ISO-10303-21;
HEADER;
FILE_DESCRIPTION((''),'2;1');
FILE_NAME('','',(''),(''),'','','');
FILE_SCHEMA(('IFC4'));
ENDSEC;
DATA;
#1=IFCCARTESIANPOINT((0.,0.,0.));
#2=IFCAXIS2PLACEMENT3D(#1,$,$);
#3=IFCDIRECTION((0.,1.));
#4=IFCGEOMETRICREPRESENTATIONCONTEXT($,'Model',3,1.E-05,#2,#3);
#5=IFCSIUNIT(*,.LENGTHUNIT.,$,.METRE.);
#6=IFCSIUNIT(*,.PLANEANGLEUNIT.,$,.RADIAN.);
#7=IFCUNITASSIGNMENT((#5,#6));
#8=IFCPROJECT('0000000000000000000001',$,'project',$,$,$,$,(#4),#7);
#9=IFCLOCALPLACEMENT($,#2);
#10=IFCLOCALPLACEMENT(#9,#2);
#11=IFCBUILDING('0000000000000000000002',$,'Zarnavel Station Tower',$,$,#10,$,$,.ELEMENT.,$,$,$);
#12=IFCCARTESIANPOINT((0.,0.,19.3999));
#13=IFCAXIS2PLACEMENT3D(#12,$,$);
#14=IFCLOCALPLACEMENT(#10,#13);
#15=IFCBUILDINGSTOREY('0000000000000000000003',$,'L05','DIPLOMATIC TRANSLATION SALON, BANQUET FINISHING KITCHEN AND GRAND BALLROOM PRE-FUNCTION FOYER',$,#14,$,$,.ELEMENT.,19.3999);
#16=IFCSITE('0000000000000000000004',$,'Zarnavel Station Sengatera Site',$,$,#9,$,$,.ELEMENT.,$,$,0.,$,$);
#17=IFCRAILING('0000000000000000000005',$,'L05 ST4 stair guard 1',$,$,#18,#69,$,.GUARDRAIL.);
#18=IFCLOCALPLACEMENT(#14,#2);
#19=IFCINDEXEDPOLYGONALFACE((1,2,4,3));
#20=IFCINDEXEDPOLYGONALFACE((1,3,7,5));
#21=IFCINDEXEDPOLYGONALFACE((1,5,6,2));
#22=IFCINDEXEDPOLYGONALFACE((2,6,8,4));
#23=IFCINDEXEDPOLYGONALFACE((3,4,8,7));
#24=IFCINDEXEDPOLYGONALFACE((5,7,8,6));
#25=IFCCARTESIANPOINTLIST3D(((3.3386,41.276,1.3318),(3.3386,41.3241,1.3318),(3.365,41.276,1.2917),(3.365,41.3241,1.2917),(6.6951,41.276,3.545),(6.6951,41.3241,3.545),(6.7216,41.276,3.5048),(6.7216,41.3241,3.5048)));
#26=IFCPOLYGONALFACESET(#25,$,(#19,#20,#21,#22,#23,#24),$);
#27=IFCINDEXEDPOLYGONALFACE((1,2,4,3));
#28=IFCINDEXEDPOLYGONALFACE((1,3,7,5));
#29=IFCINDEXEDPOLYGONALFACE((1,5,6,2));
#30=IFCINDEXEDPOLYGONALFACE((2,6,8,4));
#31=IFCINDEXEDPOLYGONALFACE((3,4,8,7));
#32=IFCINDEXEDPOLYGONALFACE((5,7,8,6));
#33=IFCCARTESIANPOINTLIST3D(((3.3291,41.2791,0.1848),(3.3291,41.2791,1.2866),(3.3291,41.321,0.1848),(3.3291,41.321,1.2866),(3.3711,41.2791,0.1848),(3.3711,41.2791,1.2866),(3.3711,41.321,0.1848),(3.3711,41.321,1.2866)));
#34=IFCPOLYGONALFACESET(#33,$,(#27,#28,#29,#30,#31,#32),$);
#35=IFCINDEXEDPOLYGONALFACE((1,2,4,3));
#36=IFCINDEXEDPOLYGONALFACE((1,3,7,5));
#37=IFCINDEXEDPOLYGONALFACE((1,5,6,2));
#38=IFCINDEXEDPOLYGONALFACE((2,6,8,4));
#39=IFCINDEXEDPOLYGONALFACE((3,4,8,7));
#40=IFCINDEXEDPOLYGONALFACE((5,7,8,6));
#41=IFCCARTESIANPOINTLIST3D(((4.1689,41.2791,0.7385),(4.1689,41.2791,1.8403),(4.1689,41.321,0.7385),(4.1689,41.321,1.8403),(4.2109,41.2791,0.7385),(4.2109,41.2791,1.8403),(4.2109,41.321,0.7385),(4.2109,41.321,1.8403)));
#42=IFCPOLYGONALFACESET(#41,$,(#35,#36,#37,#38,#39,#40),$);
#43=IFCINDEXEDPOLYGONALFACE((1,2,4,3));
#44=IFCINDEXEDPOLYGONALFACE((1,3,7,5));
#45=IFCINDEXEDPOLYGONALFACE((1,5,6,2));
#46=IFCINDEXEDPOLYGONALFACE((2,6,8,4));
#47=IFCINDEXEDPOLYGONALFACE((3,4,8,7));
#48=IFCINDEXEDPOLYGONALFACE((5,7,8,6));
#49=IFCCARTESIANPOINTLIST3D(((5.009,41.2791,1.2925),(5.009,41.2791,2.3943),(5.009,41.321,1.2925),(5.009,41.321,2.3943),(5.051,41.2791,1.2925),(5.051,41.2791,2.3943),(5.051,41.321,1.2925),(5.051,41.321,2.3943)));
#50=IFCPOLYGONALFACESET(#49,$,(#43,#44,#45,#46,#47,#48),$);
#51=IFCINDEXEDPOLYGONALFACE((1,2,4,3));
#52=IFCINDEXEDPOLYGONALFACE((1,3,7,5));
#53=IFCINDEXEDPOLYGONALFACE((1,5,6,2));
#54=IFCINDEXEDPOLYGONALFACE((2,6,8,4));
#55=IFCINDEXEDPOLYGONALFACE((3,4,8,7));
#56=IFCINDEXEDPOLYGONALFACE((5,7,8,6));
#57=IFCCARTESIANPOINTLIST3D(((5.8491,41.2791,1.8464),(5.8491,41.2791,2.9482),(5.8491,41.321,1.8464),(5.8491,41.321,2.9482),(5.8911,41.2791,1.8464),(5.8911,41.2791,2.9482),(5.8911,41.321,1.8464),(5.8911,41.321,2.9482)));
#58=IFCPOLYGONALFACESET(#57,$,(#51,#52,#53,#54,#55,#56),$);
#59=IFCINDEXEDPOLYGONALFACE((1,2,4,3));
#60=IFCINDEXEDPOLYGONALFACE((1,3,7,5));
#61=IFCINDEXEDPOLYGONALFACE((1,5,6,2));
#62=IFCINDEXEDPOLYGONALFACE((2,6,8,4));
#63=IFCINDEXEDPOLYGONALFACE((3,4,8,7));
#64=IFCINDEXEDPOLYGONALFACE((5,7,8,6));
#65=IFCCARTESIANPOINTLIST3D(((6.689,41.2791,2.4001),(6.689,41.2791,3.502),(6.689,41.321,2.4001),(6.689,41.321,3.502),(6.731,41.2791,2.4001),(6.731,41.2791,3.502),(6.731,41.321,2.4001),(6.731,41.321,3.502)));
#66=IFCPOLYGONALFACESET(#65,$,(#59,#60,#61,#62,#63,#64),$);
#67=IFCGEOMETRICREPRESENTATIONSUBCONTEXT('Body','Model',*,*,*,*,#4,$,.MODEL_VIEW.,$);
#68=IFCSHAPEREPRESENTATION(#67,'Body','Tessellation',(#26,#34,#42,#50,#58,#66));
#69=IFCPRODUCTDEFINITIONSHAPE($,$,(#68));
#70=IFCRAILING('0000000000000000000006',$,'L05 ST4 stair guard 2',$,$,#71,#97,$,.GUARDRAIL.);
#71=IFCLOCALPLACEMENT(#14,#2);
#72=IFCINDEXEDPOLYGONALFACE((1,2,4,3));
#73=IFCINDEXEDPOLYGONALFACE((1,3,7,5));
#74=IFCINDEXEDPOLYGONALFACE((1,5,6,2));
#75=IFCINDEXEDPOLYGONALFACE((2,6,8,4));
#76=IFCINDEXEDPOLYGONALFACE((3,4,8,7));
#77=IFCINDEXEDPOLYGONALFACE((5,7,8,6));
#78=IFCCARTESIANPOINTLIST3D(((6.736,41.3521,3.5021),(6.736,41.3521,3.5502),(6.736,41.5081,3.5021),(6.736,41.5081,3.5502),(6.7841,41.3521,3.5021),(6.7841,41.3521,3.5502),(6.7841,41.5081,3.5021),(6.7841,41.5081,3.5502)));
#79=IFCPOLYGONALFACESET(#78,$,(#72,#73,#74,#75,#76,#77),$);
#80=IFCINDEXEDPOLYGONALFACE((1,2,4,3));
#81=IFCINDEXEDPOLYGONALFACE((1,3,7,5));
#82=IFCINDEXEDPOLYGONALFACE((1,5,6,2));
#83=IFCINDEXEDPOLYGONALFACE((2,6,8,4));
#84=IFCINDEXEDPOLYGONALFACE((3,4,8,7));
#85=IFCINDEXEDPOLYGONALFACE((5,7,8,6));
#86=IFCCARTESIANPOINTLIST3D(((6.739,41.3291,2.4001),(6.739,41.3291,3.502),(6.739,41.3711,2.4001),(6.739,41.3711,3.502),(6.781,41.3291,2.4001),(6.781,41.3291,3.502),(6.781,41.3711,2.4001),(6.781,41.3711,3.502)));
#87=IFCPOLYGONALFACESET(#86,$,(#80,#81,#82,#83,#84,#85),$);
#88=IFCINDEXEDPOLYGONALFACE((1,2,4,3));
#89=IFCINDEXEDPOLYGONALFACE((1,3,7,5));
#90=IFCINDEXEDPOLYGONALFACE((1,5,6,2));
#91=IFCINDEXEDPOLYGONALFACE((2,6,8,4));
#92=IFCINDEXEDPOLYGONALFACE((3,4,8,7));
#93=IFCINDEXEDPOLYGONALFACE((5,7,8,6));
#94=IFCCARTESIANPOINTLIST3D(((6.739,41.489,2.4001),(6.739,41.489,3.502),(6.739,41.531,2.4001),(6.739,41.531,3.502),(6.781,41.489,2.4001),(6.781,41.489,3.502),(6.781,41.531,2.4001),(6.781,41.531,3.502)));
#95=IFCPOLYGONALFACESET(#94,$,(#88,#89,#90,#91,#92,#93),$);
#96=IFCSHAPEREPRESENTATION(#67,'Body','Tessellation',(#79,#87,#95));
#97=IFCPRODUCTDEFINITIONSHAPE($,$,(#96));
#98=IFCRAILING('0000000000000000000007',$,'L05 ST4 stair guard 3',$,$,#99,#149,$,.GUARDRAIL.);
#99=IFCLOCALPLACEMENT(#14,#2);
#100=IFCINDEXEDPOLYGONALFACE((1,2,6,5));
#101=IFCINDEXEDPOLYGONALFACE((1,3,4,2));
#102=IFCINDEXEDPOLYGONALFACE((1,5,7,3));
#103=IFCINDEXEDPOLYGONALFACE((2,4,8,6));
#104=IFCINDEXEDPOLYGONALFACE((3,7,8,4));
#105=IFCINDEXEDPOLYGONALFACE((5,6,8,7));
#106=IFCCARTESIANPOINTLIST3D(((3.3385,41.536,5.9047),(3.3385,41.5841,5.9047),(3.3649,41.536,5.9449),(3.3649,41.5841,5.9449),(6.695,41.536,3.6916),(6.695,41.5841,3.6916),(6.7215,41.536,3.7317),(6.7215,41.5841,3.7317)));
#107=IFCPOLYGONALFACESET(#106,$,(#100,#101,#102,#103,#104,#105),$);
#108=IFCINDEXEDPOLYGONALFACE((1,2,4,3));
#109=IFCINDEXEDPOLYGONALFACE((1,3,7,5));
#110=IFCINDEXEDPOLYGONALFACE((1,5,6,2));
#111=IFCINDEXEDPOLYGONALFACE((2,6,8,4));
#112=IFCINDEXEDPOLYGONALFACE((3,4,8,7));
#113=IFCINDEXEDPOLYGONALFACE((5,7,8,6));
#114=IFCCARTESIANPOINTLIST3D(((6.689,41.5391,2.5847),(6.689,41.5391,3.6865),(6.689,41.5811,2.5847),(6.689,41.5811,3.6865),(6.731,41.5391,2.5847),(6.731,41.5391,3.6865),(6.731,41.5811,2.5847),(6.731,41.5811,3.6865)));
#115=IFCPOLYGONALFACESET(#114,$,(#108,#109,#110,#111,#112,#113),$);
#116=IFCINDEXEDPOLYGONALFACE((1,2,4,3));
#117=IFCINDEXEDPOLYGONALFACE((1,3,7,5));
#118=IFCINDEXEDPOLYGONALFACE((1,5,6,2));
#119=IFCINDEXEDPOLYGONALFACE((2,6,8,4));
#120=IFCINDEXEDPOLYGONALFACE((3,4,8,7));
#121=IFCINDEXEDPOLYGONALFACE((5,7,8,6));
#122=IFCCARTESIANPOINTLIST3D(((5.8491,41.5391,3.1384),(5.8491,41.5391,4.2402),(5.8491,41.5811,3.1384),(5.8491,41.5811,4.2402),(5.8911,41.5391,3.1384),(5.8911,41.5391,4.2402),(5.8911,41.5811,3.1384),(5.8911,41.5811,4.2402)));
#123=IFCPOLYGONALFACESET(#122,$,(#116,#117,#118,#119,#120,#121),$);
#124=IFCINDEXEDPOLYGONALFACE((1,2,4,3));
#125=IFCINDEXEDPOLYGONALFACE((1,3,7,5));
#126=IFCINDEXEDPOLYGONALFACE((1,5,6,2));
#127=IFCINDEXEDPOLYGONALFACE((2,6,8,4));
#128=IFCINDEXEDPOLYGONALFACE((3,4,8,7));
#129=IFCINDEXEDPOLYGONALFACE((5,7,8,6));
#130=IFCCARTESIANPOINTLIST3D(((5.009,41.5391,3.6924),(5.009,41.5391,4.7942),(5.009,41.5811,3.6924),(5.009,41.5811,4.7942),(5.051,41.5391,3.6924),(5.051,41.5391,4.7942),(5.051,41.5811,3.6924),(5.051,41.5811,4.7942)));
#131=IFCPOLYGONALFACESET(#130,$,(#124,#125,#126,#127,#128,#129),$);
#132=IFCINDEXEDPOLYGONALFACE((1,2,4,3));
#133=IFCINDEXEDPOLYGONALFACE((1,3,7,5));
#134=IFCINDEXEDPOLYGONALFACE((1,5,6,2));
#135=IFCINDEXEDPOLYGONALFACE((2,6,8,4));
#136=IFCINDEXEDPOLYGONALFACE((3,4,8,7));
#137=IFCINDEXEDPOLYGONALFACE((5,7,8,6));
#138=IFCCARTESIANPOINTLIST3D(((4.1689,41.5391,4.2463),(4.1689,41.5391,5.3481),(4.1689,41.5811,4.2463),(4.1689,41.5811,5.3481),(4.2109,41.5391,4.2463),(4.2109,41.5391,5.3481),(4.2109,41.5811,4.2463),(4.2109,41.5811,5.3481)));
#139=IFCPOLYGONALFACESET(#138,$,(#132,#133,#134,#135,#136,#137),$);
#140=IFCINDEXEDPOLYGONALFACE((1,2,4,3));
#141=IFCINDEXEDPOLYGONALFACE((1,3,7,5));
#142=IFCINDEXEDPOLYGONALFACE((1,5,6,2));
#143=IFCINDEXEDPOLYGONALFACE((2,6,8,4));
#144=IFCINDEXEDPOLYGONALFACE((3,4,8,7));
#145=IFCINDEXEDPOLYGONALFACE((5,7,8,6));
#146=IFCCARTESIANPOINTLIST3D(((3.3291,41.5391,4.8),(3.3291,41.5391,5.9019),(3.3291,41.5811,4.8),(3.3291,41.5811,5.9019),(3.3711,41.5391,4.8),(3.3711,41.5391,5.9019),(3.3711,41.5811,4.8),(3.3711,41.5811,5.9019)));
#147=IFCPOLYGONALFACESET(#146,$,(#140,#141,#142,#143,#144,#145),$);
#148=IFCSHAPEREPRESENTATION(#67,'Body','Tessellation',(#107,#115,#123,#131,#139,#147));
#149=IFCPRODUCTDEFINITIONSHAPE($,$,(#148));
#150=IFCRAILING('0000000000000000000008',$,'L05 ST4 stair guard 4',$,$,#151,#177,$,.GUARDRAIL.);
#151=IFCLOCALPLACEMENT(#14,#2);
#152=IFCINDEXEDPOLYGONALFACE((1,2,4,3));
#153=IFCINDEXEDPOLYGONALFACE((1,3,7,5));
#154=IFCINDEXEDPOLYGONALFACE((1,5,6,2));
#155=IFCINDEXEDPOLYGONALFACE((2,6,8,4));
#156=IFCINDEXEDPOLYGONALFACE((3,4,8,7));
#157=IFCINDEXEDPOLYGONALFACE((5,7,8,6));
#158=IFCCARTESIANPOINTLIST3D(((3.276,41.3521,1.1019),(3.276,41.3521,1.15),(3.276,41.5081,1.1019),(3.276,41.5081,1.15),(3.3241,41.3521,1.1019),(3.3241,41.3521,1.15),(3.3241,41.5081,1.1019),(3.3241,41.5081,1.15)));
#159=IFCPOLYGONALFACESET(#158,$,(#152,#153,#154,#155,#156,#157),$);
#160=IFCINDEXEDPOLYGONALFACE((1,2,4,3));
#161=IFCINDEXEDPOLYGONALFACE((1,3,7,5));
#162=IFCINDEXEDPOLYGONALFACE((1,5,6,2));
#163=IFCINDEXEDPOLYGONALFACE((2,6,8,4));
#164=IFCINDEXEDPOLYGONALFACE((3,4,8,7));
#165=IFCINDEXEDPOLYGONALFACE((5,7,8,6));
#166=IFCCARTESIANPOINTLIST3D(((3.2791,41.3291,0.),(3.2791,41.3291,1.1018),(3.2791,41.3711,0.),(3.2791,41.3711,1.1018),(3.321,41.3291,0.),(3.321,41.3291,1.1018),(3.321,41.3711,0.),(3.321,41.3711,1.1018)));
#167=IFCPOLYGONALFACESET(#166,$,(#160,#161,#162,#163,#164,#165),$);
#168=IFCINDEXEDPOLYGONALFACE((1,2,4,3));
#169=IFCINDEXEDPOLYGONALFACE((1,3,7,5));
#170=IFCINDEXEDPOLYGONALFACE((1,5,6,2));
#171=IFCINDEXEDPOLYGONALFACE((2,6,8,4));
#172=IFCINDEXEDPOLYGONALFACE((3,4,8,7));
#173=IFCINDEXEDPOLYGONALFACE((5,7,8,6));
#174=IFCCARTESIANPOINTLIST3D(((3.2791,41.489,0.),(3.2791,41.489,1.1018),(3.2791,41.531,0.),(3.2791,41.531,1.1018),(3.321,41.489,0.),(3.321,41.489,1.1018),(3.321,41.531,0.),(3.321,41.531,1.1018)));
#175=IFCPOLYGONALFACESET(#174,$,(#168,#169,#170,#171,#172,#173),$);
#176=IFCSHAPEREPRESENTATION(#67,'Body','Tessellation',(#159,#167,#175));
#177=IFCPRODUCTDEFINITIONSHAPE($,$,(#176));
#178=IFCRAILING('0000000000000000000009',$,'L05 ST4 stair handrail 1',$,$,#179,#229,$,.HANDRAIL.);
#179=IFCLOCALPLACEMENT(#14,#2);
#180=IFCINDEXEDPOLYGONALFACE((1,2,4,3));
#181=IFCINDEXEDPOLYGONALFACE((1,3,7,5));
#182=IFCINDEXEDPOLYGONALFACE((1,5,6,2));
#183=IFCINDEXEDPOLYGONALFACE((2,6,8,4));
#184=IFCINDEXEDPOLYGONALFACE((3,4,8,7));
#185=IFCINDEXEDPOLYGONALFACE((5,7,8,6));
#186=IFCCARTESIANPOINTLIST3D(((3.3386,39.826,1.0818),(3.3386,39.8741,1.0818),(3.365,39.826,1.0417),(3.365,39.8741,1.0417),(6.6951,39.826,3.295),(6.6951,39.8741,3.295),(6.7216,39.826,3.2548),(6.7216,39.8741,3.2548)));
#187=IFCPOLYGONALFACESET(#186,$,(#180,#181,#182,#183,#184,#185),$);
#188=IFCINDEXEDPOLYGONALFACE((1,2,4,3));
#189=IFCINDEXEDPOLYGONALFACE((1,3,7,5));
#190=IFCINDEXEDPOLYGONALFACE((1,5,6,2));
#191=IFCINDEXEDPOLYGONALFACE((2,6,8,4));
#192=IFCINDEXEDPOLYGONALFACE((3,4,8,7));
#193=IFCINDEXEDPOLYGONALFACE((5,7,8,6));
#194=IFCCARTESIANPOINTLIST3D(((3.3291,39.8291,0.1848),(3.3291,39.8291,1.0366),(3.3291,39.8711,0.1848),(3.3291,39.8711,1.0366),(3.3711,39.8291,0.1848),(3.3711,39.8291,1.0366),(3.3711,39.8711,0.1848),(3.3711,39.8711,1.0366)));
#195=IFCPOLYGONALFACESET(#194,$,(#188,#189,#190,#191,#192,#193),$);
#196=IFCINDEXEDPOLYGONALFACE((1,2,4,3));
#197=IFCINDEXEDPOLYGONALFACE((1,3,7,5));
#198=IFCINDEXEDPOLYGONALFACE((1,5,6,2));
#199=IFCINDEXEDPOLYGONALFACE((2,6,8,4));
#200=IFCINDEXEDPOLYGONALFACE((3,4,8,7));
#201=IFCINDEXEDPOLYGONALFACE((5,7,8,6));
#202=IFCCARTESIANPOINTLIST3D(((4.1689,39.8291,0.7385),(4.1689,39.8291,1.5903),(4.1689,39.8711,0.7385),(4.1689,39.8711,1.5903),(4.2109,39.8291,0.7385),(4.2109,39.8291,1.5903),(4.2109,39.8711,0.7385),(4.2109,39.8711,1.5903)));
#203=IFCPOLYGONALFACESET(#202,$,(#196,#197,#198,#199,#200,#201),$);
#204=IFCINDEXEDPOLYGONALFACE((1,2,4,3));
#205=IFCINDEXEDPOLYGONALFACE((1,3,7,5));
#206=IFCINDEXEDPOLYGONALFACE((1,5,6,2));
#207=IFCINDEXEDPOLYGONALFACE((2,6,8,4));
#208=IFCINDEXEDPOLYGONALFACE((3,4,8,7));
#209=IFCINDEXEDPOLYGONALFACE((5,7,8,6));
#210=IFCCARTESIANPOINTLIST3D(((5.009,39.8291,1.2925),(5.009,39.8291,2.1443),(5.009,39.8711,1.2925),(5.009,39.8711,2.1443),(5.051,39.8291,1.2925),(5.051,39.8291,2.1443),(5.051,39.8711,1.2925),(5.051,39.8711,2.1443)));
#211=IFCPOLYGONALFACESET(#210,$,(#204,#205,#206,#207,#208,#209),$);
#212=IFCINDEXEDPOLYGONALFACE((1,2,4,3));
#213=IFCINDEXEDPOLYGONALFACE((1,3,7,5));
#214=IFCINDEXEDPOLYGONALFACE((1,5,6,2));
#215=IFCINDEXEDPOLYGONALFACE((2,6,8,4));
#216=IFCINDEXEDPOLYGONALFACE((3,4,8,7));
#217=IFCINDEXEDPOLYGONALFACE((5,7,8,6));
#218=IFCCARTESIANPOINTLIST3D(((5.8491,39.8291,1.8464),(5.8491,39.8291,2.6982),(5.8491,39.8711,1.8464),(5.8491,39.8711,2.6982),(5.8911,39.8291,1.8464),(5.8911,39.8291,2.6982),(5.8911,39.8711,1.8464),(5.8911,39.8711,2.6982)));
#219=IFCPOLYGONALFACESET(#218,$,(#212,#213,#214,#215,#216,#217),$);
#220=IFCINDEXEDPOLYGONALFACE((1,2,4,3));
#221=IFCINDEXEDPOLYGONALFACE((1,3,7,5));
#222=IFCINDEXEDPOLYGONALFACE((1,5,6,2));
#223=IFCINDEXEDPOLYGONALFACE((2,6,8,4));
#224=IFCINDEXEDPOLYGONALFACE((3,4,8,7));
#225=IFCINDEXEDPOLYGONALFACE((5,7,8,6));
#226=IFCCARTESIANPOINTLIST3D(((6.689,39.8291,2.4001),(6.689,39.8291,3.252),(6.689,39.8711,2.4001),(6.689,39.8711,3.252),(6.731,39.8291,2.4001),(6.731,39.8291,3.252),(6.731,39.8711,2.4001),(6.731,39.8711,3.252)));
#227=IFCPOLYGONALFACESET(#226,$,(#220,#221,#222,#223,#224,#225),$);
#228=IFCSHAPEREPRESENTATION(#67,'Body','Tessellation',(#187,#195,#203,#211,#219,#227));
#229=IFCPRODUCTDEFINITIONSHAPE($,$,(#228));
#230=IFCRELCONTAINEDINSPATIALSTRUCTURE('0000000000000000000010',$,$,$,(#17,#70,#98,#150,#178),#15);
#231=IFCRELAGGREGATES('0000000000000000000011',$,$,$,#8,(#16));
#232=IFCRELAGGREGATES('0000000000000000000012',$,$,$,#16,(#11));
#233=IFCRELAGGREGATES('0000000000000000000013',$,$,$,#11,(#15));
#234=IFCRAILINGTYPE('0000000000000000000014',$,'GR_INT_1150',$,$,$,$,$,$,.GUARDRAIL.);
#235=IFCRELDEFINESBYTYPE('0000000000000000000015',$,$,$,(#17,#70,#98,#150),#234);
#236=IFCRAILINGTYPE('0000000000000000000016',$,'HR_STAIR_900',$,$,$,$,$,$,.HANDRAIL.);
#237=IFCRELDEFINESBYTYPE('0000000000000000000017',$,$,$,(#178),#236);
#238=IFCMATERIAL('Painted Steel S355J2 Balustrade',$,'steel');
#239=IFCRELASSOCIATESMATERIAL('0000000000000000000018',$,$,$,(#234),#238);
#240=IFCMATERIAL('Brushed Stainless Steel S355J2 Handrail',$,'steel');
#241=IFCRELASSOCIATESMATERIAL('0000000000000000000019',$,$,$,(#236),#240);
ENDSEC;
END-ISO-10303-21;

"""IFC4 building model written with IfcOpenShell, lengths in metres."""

from ifc_helpers import new_model, si_unit, direction, frame, origin, origin_2d, place, context, subcontext, project, spatial, rectangle, extrude, material, type_object, element, save


model = new_model("IFC4")

# Units and contexts
model_context = context("Model", 3, precision=1e-05, world=origin(), true_north=direction((0.0, 1.0)))
body_context = subcontext(model_context, "Body", "Model", "MODEL_VIEW")
ifc_project = project(units=[si_unit("LENGTHUNIT", "METRE"), si_unit("PLANEANGLEUNIT", "RADIAN")], contexts=[model_context])

# Site, building, storey
site_placement = place(None, origin())
site = spatial("IfcSite", under=ifc_project, at=site_placement, Name="Zarnavel Station Sengatera Site", CompositionType="ELEMENT", RefElevation=0.0)
building_placement = place(site_placement, origin())
building = spatial("IfcBuilding", under=site, at=building_placement, Name="Zarnavel Station Tower", CompositionType="ELEMENT")
storey_placement = place(building_placement, frame((0.0, 0.0, 19.3999)))
storey = spatial("IfcBuildingStorey", under=building, at=storey_placement, Name="L05", Description="DIPLOMATIC TRANSLATION SALON, BANQUET FINISHING KITCHEN AND GRAND BALLROOM PRE-FUNCTION FOYER", CompositionType="ELEMENT", Elevation=19.3999)

# Railings
ifc_material_1 = material(Name="Painted Steel S355J2 Balustrade", Category="steel")
railing_type_1 = type_object("IfcRailingType", Name="GR_INT_1150", PredefinedType="GUARDRAIL", material=ifc_material_1)
railing_1_placement = place(storey_placement, frame((3.3501, 41.3, 0.1848)))
element("IfcRailing", 1, at=railing_1_placement, inside=storey, type_object=railing_type_1, Name="L05 ST4 stair guard 1", PredefinedType="GUARDRAIL", context=body_context, shape_type="SweptSolid", body=[
    extrude(rectangle(XDim=0.0481, YDim=0.0481, at=origin_2d()), frame((0.0017, 0.0, 1.127), z_axis=(0.834858, 0.0, 0.550465), x_axis=(0.0, 1.0, 0.0)), (0.0, 0.0, 1.0), 4.0205),
    extrude(rectangle(XDim=0.042, YDim=0.042, at=origin_2d()), origin(), (0.0, 0.0, 1.0), 1.1018),
    extrude(rectangle(XDim=0.042, YDim=0.042, at=origin_2d()), frame((0.8398, 0.0, 0.5537)), (0.0, 0.0, 1.0), 1.1018),
    extrude(rectangle(XDim=0.042, YDim=0.042, at=origin_2d()), frame((1.6799, 0.0, 1.1077)), (0.0, 0.0, 1.0), 1.1018),
    extrude(rectangle(XDim=0.042, YDim=0.042, at=origin_2d()), frame((2.52, 0.0, 1.6616)), (0.0, 0.0, 1.0), 1.1018),
    extrude(rectangle(XDim=0.042, YDim=0.042, at=origin_2d()), frame((3.3599, 0.0, 2.2153)), (0.0, 0.0, 1.0), 1.1018),
])
railing_2_placement = place(storey_placement, frame((6.76, 41.3501, 2.4001)))
element("IfcRailing", 2, at=railing_2_placement, inside=storey, type_object=railing_type_1, Name="L05 ST4 stair guard 2", PredefinedType="GUARDRAIL", context=body_context, shape_type="SweptSolid", body=[
    extrude(rectangle(XDim=0.0481, YDim=0.0481, at=origin_2d()), frame((0.0, 0.002, 1.126), z_axis=(0.0, 1.0, 0.0), x_axis=(-1.0, 0.0, 0.0)), (0.0, 0.0, 1.0), 0.156),
    extrude(rectangle(XDim=0.042, YDim=0.042, at=origin_2d()), origin(), (0.0, 0.0, 1.0), 1.1018),
    extrude(rectangle(XDim=0.042, YDim=0.042, at=origin_2d()), frame((0.0, 0.1599, 0.0)), (0.0, 0.0, 1.0), 1.1018),
])
railing_3_placement = place(storey_placement, frame((6.71, 41.5601, 2.5847)))
element("IfcRailing", 3, at=railing_3_placement, inside=storey, type_object=railing_type_1, Name="L05 ST4 stair guard 3", PredefinedType="GUARDRAIL", context=body_context, shape_type="SweptSolid", body=[
    extrude(rectangle(XDim=0.0481, YDim=0.0481, at=origin_2d()), frame((-0.0017, 0.0, 1.127), z_axis=(-0.834858, 0.0, 0.550465), x_axis=(0.0, -1.0, 0.0)), (0.0, 0.0, 1.0), 4.0205),
    extrude(rectangle(XDim=0.042, YDim=0.042, at=origin_2d()), origin(), (0.0, 0.0, 1.0), 1.1018),
    extrude(rectangle(XDim=0.042, YDim=0.042, at=origin_2d()), frame((-0.8398, 0.0, 0.5537)), (0.0, 0.0, 1.0), 1.1018),
    extrude(rectangle(XDim=0.042, YDim=0.042, at=origin_2d()), frame((-1.6799, 0.0, 1.1077)), (0.0, 0.0, 1.0), 1.1018),
    extrude(rectangle(XDim=0.042, YDim=0.042, at=origin_2d()), frame((-2.52, 0.0, 1.6616)), (0.0, 0.0, 1.0), 1.1018),
    extrude(rectangle(XDim=0.042, YDim=0.042, at=origin_2d()), frame((-3.3599, 0.0, 2.2153)), (0.0, 0.0, 1.0), 1.1018),
])
railing_4_placement = place(storey_placement, frame((3.3, 41.3501, 0.0)))
element("IfcRailing", 4, at=railing_4_placement, inside=storey, type_object=railing_type_1, Name="L05 ST4 stair guard 4", PredefinedType="GUARDRAIL", context=body_context, shape_type="SweptSolid", body=[
    extrude(rectangle(XDim=0.0481, YDim=0.0481, at=origin_2d()), frame((0.0, 0.002, 1.126), z_axis=(0.0, 1.0, 0.0), x_axis=(-1.0, 0.0, 0.0)), (0.0, 0.0, 1.0), 0.156),
    extrude(rectangle(XDim=0.042, YDim=0.042, at=origin_2d()), origin(), (0.0, 0.0, 1.0), 1.1018),
    extrude(rectangle(XDim=0.042, YDim=0.042, at=origin_2d()), frame((0.0, 0.1599, 0.0)), (0.0, 0.0, 1.0), 1.1018),
])
ifc_material_2 = material(Name="Brushed Stainless Steel S355J2 Handrail", Category="steel")
railing_type_2 = type_object("IfcRailingType", Name="HR_STAIR_900", PredefinedType="HANDRAIL", material=ifc_material_2)
railing_5_placement = place(storey_placement, frame((3.3501, 39.8501, 0.1848)))
element("IfcRailing", 5, at=railing_5_placement, inside=storey, type_object=railing_type_2, Name="L05 ST4 stair handrail 1", PredefinedType="HANDRAIL", context=body_context, shape_type="SweptSolid", body=[
    extrude(rectangle(XDim=0.0481, YDim=0.0481, at=origin_2d()), frame((0.0017, 0.0, 0.877), z_axis=(0.834858, 0.0, 0.550465), x_axis=(0.0, 1.0, 0.0)), (0.0, 0.0, 1.0), 4.0205),
    extrude(rectangle(XDim=0.042, YDim=0.042, at=origin_2d()), origin(), (0.0, 0.0, 1.0), 0.8518),
    extrude(rectangle(XDim=0.042, YDim=0.042, at=origin_2d()), frame((0.8398, 0.0, 0.5537)), (0.0, 0.0, 1.0), 0.8518),
    extrude(rectangle(XDim=0.042, YDim=0.042, at=origin_2d()), frame((1.6799, 0.0, 1.1077)), (0.0, 0.0, 1.0), 0.8518),
    extrude(rectangle(XDim=0.042, YDim=0.042, at=origin_2d()), frame((2.52, 0.0, 1.6616)), (0.0, 0.0, 1.0), 0.8518),
    extrude(rectangle(XDim=0.042, YDim=0.042, at=origin_2d()), frame((3.3599, 0.0, 2.2153)), (0.0, 0.0, 1.0), 0.8518),
])

save(model, "model.ifc")
